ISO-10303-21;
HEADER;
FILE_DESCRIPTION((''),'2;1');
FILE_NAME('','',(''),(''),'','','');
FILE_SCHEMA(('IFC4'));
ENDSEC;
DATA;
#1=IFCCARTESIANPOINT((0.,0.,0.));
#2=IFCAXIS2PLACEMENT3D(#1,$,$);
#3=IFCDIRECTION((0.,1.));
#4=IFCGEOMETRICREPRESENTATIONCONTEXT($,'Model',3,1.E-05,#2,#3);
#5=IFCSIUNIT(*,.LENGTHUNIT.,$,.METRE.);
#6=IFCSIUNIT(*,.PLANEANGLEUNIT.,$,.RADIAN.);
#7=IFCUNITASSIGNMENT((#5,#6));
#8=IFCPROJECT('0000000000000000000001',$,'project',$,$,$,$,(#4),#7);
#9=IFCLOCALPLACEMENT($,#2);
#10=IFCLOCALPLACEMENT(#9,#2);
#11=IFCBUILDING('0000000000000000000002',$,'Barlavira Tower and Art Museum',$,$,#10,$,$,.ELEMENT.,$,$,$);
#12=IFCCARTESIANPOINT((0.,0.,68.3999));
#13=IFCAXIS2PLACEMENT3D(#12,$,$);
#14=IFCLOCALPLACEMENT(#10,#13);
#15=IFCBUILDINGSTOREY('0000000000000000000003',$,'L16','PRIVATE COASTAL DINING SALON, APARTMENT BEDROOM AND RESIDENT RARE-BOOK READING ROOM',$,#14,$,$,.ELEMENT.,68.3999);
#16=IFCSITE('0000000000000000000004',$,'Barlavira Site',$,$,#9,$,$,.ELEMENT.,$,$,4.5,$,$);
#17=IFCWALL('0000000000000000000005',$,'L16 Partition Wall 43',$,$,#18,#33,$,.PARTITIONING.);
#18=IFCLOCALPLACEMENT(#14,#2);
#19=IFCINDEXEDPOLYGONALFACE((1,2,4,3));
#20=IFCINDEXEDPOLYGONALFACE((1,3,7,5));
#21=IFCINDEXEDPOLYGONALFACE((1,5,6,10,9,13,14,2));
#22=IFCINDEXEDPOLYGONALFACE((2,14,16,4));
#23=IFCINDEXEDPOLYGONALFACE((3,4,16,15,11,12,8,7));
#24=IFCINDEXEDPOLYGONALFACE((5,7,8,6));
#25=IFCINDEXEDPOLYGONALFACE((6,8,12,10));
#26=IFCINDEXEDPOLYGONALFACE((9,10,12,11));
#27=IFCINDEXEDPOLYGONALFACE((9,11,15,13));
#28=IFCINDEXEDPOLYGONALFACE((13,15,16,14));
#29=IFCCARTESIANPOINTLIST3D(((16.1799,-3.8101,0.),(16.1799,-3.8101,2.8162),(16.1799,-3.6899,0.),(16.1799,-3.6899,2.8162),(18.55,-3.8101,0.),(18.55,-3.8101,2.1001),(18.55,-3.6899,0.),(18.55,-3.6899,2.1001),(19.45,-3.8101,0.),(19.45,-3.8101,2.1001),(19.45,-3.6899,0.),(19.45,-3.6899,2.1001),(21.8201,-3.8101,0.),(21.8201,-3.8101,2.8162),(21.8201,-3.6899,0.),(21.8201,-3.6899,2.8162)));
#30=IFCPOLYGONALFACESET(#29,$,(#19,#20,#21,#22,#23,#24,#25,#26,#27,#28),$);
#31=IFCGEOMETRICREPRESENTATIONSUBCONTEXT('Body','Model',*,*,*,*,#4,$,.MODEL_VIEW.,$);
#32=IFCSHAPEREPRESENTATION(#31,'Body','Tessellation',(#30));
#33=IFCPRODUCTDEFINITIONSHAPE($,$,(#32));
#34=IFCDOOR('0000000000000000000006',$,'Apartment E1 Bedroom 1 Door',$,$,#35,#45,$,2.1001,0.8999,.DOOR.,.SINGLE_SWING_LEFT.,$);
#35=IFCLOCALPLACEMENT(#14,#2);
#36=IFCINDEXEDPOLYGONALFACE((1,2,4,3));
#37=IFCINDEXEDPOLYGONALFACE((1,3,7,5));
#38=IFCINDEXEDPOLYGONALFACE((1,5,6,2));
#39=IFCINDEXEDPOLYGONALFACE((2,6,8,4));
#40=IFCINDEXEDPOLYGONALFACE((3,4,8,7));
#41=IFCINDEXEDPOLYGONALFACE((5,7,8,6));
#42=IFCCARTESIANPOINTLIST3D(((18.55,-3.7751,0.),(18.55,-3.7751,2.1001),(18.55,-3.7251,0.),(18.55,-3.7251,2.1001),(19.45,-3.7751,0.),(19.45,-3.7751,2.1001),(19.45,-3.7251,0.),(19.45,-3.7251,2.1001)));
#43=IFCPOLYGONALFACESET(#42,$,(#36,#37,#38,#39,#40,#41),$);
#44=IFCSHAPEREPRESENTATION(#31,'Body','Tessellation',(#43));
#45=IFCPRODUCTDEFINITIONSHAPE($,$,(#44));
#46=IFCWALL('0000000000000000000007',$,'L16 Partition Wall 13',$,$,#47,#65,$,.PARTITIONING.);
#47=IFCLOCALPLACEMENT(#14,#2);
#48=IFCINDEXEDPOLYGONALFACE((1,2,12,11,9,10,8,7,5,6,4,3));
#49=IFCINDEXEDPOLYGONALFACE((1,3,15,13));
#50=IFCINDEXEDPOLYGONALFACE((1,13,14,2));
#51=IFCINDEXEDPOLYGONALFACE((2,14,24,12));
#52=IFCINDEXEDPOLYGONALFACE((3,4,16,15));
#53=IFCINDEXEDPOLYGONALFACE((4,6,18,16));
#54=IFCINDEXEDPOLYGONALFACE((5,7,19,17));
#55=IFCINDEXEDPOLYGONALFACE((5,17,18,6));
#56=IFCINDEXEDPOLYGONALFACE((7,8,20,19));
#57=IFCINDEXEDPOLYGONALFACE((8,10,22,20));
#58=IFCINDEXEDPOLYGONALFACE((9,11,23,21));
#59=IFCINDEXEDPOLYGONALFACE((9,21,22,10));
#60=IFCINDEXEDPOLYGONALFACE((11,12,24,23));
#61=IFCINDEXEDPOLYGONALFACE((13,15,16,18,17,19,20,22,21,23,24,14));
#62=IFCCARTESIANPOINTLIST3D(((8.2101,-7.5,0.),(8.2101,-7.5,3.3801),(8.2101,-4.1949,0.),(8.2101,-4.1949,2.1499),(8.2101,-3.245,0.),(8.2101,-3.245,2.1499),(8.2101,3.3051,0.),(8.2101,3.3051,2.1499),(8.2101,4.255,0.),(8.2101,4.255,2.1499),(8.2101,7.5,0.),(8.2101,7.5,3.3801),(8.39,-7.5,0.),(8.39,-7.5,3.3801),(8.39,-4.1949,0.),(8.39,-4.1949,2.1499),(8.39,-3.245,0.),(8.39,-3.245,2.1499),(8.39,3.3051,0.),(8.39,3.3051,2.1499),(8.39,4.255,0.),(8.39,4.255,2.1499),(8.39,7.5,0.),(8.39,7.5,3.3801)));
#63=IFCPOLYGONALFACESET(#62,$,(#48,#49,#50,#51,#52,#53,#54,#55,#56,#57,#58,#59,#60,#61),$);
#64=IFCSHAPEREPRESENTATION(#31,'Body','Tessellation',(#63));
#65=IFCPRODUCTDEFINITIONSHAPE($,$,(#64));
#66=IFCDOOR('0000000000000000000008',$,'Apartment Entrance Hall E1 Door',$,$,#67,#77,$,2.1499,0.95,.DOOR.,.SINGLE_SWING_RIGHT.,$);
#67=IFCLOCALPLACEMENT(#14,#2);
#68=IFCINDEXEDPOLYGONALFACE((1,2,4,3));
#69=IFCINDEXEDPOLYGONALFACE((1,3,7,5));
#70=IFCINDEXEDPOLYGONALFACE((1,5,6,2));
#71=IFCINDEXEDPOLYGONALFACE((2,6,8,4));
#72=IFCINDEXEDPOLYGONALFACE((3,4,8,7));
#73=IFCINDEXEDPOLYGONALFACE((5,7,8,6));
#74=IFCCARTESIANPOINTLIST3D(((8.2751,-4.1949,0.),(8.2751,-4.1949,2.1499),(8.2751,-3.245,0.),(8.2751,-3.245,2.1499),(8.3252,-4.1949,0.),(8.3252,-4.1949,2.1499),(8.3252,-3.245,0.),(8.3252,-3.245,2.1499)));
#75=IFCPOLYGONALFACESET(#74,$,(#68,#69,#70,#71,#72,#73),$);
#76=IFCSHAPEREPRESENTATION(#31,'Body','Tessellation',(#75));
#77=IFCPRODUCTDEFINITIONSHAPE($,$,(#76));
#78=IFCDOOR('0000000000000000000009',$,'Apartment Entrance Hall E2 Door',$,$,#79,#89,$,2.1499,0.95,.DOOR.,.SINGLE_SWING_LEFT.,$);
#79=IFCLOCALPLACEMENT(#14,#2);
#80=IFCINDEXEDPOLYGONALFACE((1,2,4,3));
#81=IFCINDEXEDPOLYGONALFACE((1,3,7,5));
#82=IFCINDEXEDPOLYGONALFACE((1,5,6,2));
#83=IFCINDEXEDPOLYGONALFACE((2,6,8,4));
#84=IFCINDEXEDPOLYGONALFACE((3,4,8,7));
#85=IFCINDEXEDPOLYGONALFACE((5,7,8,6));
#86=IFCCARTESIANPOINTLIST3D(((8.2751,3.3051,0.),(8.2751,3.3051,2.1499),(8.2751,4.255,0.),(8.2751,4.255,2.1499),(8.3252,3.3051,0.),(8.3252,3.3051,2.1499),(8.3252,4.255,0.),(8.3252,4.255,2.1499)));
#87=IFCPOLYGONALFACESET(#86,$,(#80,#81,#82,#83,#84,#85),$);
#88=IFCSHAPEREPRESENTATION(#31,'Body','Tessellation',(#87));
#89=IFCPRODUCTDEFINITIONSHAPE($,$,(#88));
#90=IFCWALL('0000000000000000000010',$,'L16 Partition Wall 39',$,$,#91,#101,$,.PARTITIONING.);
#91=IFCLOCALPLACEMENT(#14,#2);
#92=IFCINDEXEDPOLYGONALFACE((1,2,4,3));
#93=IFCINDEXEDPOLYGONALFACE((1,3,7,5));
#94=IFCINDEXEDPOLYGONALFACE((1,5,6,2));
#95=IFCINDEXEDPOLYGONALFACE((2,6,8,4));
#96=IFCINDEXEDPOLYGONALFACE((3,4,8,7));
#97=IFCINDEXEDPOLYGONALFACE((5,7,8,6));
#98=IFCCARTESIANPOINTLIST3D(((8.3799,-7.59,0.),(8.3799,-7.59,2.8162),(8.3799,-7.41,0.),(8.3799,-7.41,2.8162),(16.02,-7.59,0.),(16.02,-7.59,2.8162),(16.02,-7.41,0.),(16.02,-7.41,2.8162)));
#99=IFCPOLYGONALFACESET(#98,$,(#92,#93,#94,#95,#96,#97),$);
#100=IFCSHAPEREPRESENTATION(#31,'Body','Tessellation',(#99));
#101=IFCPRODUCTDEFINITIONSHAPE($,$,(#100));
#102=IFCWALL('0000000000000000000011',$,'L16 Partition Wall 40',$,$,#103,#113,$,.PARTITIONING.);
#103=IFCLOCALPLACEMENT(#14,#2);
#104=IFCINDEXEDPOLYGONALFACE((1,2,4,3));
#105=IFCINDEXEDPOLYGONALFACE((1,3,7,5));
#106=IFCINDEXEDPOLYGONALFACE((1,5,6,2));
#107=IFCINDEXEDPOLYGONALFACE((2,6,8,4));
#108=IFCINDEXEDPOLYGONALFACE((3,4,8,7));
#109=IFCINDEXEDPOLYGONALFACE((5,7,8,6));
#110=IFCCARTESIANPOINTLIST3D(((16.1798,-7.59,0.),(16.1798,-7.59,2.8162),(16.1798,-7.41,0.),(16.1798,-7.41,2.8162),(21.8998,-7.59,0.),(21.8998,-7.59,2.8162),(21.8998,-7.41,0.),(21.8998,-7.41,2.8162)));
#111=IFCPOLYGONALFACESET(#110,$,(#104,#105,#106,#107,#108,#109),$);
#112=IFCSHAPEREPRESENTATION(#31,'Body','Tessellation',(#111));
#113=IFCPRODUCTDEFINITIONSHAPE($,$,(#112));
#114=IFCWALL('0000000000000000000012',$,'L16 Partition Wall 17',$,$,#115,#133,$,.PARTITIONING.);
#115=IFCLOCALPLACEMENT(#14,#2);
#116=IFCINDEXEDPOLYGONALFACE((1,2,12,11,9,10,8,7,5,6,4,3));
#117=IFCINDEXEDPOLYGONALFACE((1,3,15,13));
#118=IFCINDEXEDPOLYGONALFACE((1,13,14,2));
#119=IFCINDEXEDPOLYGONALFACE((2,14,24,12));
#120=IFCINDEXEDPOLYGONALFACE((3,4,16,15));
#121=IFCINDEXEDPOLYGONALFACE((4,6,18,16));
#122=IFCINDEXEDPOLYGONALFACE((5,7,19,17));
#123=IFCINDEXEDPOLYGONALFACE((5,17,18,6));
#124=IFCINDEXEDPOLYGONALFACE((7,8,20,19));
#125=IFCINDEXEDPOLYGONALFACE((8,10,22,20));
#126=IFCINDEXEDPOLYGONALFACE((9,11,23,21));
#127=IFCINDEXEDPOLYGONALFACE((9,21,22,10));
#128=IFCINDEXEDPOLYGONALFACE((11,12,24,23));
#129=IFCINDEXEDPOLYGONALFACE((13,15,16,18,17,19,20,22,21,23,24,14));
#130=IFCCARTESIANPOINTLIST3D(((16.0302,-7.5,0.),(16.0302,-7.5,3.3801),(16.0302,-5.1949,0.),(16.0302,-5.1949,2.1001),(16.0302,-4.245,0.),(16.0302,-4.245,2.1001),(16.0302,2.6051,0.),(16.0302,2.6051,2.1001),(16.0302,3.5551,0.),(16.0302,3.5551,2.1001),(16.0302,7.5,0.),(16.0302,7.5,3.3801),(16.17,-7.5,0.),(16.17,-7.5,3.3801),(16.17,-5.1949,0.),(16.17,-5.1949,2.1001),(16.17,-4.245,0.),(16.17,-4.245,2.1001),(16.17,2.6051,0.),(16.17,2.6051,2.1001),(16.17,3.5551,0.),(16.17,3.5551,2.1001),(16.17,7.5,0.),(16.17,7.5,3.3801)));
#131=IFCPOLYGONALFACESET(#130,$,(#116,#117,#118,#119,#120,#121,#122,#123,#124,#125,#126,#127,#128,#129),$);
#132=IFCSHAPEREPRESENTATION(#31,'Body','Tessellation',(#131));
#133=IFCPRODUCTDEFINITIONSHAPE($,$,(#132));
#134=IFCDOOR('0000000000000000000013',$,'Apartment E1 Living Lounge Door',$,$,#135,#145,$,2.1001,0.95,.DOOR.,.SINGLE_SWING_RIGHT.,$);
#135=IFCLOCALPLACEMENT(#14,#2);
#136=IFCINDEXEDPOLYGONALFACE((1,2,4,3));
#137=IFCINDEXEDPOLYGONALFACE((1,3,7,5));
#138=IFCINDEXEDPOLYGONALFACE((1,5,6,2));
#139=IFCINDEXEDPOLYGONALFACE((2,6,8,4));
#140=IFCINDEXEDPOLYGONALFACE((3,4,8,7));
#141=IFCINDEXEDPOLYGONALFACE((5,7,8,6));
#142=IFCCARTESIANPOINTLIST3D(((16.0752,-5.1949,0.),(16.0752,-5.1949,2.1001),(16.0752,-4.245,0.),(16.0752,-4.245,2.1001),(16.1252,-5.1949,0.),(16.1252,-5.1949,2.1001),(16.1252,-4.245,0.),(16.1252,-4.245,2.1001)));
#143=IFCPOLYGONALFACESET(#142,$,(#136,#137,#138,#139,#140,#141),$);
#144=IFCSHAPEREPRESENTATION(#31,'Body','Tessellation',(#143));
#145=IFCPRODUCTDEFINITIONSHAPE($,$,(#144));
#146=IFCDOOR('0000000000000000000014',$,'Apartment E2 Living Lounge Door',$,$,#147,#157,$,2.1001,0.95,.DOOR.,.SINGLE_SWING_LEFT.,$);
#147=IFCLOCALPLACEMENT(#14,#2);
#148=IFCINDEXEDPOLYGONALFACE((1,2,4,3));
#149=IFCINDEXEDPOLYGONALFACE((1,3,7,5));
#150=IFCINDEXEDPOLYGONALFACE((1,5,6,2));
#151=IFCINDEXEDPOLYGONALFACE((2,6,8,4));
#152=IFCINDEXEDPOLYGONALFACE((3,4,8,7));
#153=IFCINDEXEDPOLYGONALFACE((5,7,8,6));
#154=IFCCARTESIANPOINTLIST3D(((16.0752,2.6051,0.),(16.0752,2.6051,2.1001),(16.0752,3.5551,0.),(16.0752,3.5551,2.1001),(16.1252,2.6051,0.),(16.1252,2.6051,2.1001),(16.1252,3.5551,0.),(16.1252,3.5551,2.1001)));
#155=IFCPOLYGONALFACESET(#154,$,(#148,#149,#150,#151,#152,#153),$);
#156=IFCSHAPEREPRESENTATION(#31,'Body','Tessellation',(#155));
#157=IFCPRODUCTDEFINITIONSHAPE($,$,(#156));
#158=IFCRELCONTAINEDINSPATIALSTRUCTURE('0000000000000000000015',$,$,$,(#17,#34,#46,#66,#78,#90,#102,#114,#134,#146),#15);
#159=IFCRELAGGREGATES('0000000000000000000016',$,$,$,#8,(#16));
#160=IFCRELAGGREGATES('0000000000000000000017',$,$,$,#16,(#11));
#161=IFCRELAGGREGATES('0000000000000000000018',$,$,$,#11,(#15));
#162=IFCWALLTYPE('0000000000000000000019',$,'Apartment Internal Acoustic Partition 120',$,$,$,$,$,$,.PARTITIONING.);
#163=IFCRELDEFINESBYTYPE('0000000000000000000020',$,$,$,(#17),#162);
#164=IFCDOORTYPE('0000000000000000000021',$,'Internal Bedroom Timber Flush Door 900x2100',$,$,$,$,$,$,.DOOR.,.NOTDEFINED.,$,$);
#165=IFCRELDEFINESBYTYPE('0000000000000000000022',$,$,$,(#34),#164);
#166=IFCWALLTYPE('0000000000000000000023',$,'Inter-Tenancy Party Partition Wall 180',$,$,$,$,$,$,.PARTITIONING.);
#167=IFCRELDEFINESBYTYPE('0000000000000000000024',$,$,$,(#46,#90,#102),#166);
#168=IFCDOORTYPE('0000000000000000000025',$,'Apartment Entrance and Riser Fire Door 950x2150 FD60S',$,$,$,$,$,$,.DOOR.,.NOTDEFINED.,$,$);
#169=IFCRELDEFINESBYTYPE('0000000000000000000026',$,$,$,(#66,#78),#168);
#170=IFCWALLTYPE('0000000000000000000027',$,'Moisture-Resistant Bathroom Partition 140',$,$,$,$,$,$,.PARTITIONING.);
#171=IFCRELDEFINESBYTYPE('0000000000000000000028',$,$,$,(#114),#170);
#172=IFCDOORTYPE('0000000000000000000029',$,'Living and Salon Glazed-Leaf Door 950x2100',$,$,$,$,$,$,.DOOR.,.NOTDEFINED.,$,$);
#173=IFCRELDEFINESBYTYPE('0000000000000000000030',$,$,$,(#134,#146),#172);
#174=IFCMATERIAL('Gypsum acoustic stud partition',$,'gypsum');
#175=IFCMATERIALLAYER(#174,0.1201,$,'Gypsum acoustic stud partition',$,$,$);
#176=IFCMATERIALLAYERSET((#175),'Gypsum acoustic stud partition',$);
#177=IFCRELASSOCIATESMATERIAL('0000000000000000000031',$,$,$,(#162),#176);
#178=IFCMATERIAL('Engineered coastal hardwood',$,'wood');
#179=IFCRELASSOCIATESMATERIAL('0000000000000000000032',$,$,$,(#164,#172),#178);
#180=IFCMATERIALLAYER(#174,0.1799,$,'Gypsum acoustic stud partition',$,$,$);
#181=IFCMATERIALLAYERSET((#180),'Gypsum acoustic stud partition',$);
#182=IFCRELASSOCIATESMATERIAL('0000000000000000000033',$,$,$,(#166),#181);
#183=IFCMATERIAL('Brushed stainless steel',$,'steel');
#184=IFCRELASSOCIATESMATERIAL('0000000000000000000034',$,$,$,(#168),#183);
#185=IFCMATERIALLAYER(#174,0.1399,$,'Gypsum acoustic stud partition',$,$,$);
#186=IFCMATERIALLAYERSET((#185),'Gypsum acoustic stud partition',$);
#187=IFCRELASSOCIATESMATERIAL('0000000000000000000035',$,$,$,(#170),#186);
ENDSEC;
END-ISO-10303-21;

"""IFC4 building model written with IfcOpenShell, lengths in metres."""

from ifc_helpers import new_model, si_unit, direction, frame, frame_2d, origin, place, context, subcontext, project, spatial, rectangle, extrude, material, layer, layer_set, type_object, element, fill, save


model = new_model("IFC4")

# Units and contexts
model_context = context("Model", 3, precision=1e-05, world=origin(), true_north=direction((0.0, 1.0)))
body_context = subcontext(model_context, "Body", "Model", "MODEL_VIEW")
ifc_project = project(units=[si_unit("LENGTHUNIT", "METRE"), si_unit("PLANEANGLEUNIT", "RADIAN")], contexts=[model_context])

# Site, building, storey
site_placement = place(None, origin())
site = spatial("IfcSite", under=ifc_project, at=site_placement, Name="Barlavira Site", CompositionType="ELEMENT", RefElevation=4.5)
building_placement = place(site_placement, origin())
building = spatial("IfcBuilding", under=site, at=building_placement, Name="Barlavira Tower and Art Museum", CompositionType="ELEMENT")
storey_placement = place(building_placement, frame((0.0, 0.0, 68.3999)))
storey = spatial("IfcBuildingStorey", under=building, at=storey_placement, Name="L16", Description="PRIVATE COASTAL DINING SALON, APARTMENT BEDROOM AND RESIDENT RARE-BOOK READING ROOM", CompositionType="ELEMENT", Elevation=68.3999)

# Wall, opening, door
ifc_material_1 = material(Name="Gypsum acoustic stud partition", Category="gypsum")
ifc_layer_1 = layer(ifc_material_1, 0.1201, Name="Gypsum acoustic stud partition")
ifc_layer_set_1 = layer_set([ifc_layer_1], Name="Gypsum acoustic stud partition")
wall_type_1 = type_object("IfcWallType", Name="Apartment Internal Acoustic Partition 120", PredefinedType="PARTITIONING", material=ifc_layer_set_1)
wall_1_placement = place(storey_placement, frame((16.1799, -3.75, 0.0), z_axis=(0.0, 0.0, 1.0), x_axis=(1.0, 0.0, 0.0)))
wall_1 = element("IfcWall", 1, at=wall_1_placement, inside=storey, type_object=wall_type_1, Name="L16 Partition Wall 43", PredefinedType="PARTITIONING", context=body_context, shape_type="SweptSolid", body=[
    extrude(rectangle(XDim=5.6401, YDim=0.1201, at=frame_2d((2.8201, 0.0))), origin(), (0.0, 0.0, 1.0), 2.8162),
])
opening_1_placement = place(wall_1_placement, frame((2.3701, 0.0, 0.0)))
opening_1 = element("IfcOpeningElement", 2, at=opening_1_placement, cuts=wall_1, PredefinedType="OPENING", context=body_context, shape_type="SweptSolid", body=[
    extrude(rectangle(XDim=0.8999, YDim=2.1001, at=frame_2d((0.45, 1.05))), frame((0.0, 0.0701, 0.0), z_axis=(0.0, -1.0, 0.0), x_axis=(1.0, 0.0, 0.0)), (0.0, 0.0, 1.0), 0.1401),
])
ifc_material_2 = material(Name="Engineered coastal hardwood", Category="wood")
door_type_1 = type_object("IfcDoorType", Name="Internal Bedroom Timber Flush Door 900x2100", OperationType="NOTDEFINED", PredefinedType="DOOR", material=ifc_material_2)
door_1_placement = place(opening_1_placement, origin())
door_1 = element("IfcDoor", 3, at=door_1_placement, inside=storey, type_object=door_type_1, Name="Apartment E1 Bedroom 1 Door", OperationType="SINGLE_SWING_LEFT", OverallHeight=2.1001, OverallWidth=0.8999, PredefinedType="DOOR", context=body_context, shape_type="SweptSolid", body=[
    extrude(rectangle(XDim=0.8999, YDim=2.1001, at=frame_2d((0.45, 1.05))), frame((0.0, 0.0249, 0.0), z_axis=(0.0, -1.0, 0.0), x_axis=(1.0, 0.0, 0.0)), (0.0, 0.0, 1.0), 0.05),
])
fill(opening_1, door_1)

# Wall, openings, doors
ifc_layer_2 = layer(ifc_material_1, 0.1799, Name="Gypsum acoustic stud partition")
ifc_layer_set_2 = layer_set([ifc_layer_2], Name="Gypsum acoustic stud partition")
wall_type_2 = type_object("IfcWallType", Name="Inter-Tenancy Party Partition Wall 180", PredefinedType="PARTITIONING", material=ifc_layer_set_2)
wall_2_placement = place(storey_placement, frame((8.3, -7.5, 0.0), z_axis=(0.0, 0.0, 1.0), x_axis=(0.0, 1.0, 0.0)))
wall_2 = element("IfcWall", 4, at=wall_2_placement, inside=storey, type_object=wall_type_2, Name="L16 Partition Wall 13", PredefinedType="PARTITIONING", context=body_context, shape_type="SweptSolid", body=[
    extrude(rectangle(XDim=15.0, YDim=0.1799, at=frame_2d((7.5, 0.0))), origin(), (0.0, 0.0, 1.0), 3.3801),
])
opening_2_placement = place(wall_2_placement, frame((3.3049, 0.0, 0.0)))
opening_2 = element("IfcOpeningElement", 5, at=opening_2_placement, cuts=wall_2, PredefinedType="OPENING", context=body_context, shape_type="SweptSolid", body=[
    extrude(rectangle(XDim=0.95, YDim=2.1499, at=frame_2d((0.4751, 1.075))), frame((0.0, 0.1001, 0.0), z_axis=(0.0, -1.0, 0.0), x_axis=(1.0, 0.0, 0.0)), (0.0, 0.0, 1.0), 0.2),
])
opening_3_placement = place(wall_2_placement, frame((10.8049, 0.0, 0.0)))
opening_3 = element("IfcOpeningElement", 6, at=opening_3_placement, cuts=wall_2, PredefinedType="OPENING", context=body_context, shape_type="SweptSolid", body=[
    extrude(rectangle(XDim=0.95, YDim=2.1499, at=frame_2d((0.4751, 1.075))), frame((0.0, 0.1001, 0.0), z_axis=(0.0, -1.0, 0.0), x_axis=(1.0, 0.0, 0.0)), (0.0, 0.0, 1.0), 0.2),
])
ifc_material_3 = material(Name="Brushed stainless steel", Category="steel")
door_type_2 = type_object("IfcDoorType", Name="Apartment Entrance and Riser Fire Door 950x2150 FD60S", OperationType="NOTDEFINED", PredefinedType="DOOR", material=ifc_material_3)
door_2_placement = place(opening_2_placement, origin())
door_2 = element("IfcDoor", 7, at=door_2_placement, inside=storey, type_object=door_type_2, Name="Apartment Entrance Hall E1 Door", OperationType="SINGLE_SWING_RIGHT", OverallHeight=2.1499, OverallWidth=0.95, PredefinedType="DOOR", context=body_context, shape_type="SweptSolid", body=[
    extrude(rectangle(XDim=0.95, YDim=2.1499, at=frame_2d((0.4751, 1.075))), frame((0.0, 0.0249, 0.0), z_axis=(0.0, -1.0, 0.0), x_axis=(1.0, 0.0, 0.0)), (0.0, 0.0, 1.0), 0.05),
])
fill(opening_2, door_2)
door_3_placement = place(opening_3_placement, origin())
door_3 = element("IfcDoor", 8, at=door_3_placement, inside=storey, type_object=door_type_2, Name="Apartment Entrance Hall E2 Door", OperationType="SINGLE_SWING_LEFT", OverallHeight=2.1499, OverallWidth=0.95, PredefinedType="DOOR", context=body_context, shape_type="SweptSolid", body=[
    extrude(rectangle(XDim=0.95, YDim=2.1499, at=frame_2d((0.4751, 1.075))), frame((0.0, 0.0249, 0.0), z_axis=(0.0, -1.0, 0.0), x_axis=(1.0, 0.0, 0.0)), (0.0, 0.0, 1.0), 0.05),
])
fill(opening_3, door_3)

# Walls
wall_3_placement = place(storey_placement, frame((8.3799, -7.5, 0.0), z_axis=(0.0, 0.0, 1.0), x_axis=(1.0, 0.0, 0.0)))
element("IfcWall", 9, at=wall_3_placement, inside=storey, type_object=wall_type_2, Name="L16 Partition Wall 39", PredefinedType="PARTITIONING", context=body_context, shape_type="SweptSolid", body=[
    extrude(rectangle(XDim=7.6401, YDim=0.1799, at=frame_2d((3.8201, 0.0))), origin(), (0.0, 0.0, 1.0), 2.8162),
])
wall_4_placement = place(storey_placement, frame((16.1799, -7.5, 0.0), z_axis=(0.0, 0.0, 1.0), x_axis=(1.0, 0.0, 0.0)))
element("IfcWall", 10, at=wall_4_placement, inside=storey, type_object=wall_type_2, Name="L16 Partition Wall 40", PredefinedType="PARTITIONING", context=body_context, shape_type="SweptSolid", body=[
    extrude(rectangle(XDim=5.72, YDim=0.1799, at=frame_2d((2.8599, 0.0))), origin(), (0.0, 0.0, 1.0), 2.8162),
])

# Wall, openings, doors
ifc_layer_3 = layer(ifc_material_1, 0.1399, Name="Gypsum acoustic stud partition")
ifc_layer_set_3 = layer_set([ifc_layer_3], Name="Gypsum acoustic stud partition")
wall_type_3 = type_object("IfcWallType", Name="Moisture-Resistant Bathroom Partition 140", PredefinedType="PARTITIONING", material=ifc_layer_set_3)
wall_5_placement = place(storey_placement, frame((16.1001, -7.5, 0.0), z_axis=(0.0, 0.0, 1.0), x_axis=(0.0, 1.0, 0.0)))
wall_5 = element("IfcWall", 11, at=wall_5_placement, inside=storey, type_object=wall_type_3, Name="L16 Partition Wall 17", PredefinedType="PARTITIONING", context=body_context, shape_type="SweptSolid", body=[
    extrude(rectangle(XDim=15.0, YDim=0.1399, at=frame_2d((7.5, 0.0))), origin(), (0.0, 0.0, 1.0), 3.3801),
])
opening_4_placement = place(wall_5_placement, frame((2.3049, 0.0, 0.0)))
opening_4 = element("IfcOpeningElement", 12, at=opening_4_placement, cuts=wall_5, PredefinedType="OPENING", context=body_context, shape_type="SweptSolid", body=[
    extrude(rectangle(XDim=0.95, YDim=2.1001, at=frame_2d((0.4751, 1.05))), frame((0.0, 0.0801, 0.0), z_axis=(0.0, -1.0, 0.0), x_axis=(1.0, 0.0, 0.0)), (0.0, 0.0, 1.0), 0.1599),
])
opening_5_placement = place(wall_5_placement, frame((10.105, 0.0, 0.0)))
opening_5 = element("IfcOpeningElement", 13, at=opening_5_placement, cuts=wall_5, PredefinedType="OPENING", context=body_context, shape_type="SweptSolid", body=[
    extrude(rectangle(XDim=0.95, YDim=2.1001, at=frame_2d((0.4751, 1.05))), frame((0.0, 0.0801, 0.0), z_axis=(0.0, -1.0, 0.0), x_axis=(1.0, 0.0, 0.0)), (0.0, 0.0, 1.0), 0.1599),
])
door_type_3 = type_object("IfcDoorType", Name="Living and Salon Glazed-Leaf Door 950x2100", OperationType="NOTDEFINED", PredefinedType="DOOR", material=ifc_material_2)
door_4_placement = place(opening_4_placement, origin())
door_4 = element("IfcDoor", 14, at=door_4_placement, inside=storey, type_object=door_type_3, Name="Apartment E1 Living Lounge Door", OperationType="SINGLE_SWING_RIGHT", OverallHeight=2.1001, OverallWidth=0.95, PredefinedType="DOOR", context=body_context, shape_type="SweptSolid", body=[
    extrude(rectangle(XDim=0.95, YDim=2.1001, at=frame_2d((0.4751, 1.05))), frame((0.0, 0.0249, 0.0), z_axis=(0.0, -1.0, 0.0), x_axis=(1.0, 0.0, 0.0)), (0.0, 0.0, 1.0), 0.05),
])
fill(opening_4, door_4)
door_5_placement = place(opening_5_placement, origin())
door_5 = element("IfcDoor", 15, at=door_5_placement, inside=storey, type_object=door_type_3, Name="Apartment E2 Living Lounge Door", OperationType="SINGLE_SWING_LEFT", OverallHeight=2.1001, OverallWidth=0.95, PredefinedType="DOOR", context=body_context, shape_type="SweptSolid", body=[
    extrude(rectangle(XDim=0.95, YDim=2.1001, at=frame_2d((0.4751, 1.05))), frame((0.0, 0.0249, 0.0), z_axis=(0.0, -1.0, 0.0), x_axis=(1.0, 0.0, 0.0)), (0.0, 0.0, 1.0), 0.05),
])
fill(opening_5, door_5)

save(model, "model.ifc")
